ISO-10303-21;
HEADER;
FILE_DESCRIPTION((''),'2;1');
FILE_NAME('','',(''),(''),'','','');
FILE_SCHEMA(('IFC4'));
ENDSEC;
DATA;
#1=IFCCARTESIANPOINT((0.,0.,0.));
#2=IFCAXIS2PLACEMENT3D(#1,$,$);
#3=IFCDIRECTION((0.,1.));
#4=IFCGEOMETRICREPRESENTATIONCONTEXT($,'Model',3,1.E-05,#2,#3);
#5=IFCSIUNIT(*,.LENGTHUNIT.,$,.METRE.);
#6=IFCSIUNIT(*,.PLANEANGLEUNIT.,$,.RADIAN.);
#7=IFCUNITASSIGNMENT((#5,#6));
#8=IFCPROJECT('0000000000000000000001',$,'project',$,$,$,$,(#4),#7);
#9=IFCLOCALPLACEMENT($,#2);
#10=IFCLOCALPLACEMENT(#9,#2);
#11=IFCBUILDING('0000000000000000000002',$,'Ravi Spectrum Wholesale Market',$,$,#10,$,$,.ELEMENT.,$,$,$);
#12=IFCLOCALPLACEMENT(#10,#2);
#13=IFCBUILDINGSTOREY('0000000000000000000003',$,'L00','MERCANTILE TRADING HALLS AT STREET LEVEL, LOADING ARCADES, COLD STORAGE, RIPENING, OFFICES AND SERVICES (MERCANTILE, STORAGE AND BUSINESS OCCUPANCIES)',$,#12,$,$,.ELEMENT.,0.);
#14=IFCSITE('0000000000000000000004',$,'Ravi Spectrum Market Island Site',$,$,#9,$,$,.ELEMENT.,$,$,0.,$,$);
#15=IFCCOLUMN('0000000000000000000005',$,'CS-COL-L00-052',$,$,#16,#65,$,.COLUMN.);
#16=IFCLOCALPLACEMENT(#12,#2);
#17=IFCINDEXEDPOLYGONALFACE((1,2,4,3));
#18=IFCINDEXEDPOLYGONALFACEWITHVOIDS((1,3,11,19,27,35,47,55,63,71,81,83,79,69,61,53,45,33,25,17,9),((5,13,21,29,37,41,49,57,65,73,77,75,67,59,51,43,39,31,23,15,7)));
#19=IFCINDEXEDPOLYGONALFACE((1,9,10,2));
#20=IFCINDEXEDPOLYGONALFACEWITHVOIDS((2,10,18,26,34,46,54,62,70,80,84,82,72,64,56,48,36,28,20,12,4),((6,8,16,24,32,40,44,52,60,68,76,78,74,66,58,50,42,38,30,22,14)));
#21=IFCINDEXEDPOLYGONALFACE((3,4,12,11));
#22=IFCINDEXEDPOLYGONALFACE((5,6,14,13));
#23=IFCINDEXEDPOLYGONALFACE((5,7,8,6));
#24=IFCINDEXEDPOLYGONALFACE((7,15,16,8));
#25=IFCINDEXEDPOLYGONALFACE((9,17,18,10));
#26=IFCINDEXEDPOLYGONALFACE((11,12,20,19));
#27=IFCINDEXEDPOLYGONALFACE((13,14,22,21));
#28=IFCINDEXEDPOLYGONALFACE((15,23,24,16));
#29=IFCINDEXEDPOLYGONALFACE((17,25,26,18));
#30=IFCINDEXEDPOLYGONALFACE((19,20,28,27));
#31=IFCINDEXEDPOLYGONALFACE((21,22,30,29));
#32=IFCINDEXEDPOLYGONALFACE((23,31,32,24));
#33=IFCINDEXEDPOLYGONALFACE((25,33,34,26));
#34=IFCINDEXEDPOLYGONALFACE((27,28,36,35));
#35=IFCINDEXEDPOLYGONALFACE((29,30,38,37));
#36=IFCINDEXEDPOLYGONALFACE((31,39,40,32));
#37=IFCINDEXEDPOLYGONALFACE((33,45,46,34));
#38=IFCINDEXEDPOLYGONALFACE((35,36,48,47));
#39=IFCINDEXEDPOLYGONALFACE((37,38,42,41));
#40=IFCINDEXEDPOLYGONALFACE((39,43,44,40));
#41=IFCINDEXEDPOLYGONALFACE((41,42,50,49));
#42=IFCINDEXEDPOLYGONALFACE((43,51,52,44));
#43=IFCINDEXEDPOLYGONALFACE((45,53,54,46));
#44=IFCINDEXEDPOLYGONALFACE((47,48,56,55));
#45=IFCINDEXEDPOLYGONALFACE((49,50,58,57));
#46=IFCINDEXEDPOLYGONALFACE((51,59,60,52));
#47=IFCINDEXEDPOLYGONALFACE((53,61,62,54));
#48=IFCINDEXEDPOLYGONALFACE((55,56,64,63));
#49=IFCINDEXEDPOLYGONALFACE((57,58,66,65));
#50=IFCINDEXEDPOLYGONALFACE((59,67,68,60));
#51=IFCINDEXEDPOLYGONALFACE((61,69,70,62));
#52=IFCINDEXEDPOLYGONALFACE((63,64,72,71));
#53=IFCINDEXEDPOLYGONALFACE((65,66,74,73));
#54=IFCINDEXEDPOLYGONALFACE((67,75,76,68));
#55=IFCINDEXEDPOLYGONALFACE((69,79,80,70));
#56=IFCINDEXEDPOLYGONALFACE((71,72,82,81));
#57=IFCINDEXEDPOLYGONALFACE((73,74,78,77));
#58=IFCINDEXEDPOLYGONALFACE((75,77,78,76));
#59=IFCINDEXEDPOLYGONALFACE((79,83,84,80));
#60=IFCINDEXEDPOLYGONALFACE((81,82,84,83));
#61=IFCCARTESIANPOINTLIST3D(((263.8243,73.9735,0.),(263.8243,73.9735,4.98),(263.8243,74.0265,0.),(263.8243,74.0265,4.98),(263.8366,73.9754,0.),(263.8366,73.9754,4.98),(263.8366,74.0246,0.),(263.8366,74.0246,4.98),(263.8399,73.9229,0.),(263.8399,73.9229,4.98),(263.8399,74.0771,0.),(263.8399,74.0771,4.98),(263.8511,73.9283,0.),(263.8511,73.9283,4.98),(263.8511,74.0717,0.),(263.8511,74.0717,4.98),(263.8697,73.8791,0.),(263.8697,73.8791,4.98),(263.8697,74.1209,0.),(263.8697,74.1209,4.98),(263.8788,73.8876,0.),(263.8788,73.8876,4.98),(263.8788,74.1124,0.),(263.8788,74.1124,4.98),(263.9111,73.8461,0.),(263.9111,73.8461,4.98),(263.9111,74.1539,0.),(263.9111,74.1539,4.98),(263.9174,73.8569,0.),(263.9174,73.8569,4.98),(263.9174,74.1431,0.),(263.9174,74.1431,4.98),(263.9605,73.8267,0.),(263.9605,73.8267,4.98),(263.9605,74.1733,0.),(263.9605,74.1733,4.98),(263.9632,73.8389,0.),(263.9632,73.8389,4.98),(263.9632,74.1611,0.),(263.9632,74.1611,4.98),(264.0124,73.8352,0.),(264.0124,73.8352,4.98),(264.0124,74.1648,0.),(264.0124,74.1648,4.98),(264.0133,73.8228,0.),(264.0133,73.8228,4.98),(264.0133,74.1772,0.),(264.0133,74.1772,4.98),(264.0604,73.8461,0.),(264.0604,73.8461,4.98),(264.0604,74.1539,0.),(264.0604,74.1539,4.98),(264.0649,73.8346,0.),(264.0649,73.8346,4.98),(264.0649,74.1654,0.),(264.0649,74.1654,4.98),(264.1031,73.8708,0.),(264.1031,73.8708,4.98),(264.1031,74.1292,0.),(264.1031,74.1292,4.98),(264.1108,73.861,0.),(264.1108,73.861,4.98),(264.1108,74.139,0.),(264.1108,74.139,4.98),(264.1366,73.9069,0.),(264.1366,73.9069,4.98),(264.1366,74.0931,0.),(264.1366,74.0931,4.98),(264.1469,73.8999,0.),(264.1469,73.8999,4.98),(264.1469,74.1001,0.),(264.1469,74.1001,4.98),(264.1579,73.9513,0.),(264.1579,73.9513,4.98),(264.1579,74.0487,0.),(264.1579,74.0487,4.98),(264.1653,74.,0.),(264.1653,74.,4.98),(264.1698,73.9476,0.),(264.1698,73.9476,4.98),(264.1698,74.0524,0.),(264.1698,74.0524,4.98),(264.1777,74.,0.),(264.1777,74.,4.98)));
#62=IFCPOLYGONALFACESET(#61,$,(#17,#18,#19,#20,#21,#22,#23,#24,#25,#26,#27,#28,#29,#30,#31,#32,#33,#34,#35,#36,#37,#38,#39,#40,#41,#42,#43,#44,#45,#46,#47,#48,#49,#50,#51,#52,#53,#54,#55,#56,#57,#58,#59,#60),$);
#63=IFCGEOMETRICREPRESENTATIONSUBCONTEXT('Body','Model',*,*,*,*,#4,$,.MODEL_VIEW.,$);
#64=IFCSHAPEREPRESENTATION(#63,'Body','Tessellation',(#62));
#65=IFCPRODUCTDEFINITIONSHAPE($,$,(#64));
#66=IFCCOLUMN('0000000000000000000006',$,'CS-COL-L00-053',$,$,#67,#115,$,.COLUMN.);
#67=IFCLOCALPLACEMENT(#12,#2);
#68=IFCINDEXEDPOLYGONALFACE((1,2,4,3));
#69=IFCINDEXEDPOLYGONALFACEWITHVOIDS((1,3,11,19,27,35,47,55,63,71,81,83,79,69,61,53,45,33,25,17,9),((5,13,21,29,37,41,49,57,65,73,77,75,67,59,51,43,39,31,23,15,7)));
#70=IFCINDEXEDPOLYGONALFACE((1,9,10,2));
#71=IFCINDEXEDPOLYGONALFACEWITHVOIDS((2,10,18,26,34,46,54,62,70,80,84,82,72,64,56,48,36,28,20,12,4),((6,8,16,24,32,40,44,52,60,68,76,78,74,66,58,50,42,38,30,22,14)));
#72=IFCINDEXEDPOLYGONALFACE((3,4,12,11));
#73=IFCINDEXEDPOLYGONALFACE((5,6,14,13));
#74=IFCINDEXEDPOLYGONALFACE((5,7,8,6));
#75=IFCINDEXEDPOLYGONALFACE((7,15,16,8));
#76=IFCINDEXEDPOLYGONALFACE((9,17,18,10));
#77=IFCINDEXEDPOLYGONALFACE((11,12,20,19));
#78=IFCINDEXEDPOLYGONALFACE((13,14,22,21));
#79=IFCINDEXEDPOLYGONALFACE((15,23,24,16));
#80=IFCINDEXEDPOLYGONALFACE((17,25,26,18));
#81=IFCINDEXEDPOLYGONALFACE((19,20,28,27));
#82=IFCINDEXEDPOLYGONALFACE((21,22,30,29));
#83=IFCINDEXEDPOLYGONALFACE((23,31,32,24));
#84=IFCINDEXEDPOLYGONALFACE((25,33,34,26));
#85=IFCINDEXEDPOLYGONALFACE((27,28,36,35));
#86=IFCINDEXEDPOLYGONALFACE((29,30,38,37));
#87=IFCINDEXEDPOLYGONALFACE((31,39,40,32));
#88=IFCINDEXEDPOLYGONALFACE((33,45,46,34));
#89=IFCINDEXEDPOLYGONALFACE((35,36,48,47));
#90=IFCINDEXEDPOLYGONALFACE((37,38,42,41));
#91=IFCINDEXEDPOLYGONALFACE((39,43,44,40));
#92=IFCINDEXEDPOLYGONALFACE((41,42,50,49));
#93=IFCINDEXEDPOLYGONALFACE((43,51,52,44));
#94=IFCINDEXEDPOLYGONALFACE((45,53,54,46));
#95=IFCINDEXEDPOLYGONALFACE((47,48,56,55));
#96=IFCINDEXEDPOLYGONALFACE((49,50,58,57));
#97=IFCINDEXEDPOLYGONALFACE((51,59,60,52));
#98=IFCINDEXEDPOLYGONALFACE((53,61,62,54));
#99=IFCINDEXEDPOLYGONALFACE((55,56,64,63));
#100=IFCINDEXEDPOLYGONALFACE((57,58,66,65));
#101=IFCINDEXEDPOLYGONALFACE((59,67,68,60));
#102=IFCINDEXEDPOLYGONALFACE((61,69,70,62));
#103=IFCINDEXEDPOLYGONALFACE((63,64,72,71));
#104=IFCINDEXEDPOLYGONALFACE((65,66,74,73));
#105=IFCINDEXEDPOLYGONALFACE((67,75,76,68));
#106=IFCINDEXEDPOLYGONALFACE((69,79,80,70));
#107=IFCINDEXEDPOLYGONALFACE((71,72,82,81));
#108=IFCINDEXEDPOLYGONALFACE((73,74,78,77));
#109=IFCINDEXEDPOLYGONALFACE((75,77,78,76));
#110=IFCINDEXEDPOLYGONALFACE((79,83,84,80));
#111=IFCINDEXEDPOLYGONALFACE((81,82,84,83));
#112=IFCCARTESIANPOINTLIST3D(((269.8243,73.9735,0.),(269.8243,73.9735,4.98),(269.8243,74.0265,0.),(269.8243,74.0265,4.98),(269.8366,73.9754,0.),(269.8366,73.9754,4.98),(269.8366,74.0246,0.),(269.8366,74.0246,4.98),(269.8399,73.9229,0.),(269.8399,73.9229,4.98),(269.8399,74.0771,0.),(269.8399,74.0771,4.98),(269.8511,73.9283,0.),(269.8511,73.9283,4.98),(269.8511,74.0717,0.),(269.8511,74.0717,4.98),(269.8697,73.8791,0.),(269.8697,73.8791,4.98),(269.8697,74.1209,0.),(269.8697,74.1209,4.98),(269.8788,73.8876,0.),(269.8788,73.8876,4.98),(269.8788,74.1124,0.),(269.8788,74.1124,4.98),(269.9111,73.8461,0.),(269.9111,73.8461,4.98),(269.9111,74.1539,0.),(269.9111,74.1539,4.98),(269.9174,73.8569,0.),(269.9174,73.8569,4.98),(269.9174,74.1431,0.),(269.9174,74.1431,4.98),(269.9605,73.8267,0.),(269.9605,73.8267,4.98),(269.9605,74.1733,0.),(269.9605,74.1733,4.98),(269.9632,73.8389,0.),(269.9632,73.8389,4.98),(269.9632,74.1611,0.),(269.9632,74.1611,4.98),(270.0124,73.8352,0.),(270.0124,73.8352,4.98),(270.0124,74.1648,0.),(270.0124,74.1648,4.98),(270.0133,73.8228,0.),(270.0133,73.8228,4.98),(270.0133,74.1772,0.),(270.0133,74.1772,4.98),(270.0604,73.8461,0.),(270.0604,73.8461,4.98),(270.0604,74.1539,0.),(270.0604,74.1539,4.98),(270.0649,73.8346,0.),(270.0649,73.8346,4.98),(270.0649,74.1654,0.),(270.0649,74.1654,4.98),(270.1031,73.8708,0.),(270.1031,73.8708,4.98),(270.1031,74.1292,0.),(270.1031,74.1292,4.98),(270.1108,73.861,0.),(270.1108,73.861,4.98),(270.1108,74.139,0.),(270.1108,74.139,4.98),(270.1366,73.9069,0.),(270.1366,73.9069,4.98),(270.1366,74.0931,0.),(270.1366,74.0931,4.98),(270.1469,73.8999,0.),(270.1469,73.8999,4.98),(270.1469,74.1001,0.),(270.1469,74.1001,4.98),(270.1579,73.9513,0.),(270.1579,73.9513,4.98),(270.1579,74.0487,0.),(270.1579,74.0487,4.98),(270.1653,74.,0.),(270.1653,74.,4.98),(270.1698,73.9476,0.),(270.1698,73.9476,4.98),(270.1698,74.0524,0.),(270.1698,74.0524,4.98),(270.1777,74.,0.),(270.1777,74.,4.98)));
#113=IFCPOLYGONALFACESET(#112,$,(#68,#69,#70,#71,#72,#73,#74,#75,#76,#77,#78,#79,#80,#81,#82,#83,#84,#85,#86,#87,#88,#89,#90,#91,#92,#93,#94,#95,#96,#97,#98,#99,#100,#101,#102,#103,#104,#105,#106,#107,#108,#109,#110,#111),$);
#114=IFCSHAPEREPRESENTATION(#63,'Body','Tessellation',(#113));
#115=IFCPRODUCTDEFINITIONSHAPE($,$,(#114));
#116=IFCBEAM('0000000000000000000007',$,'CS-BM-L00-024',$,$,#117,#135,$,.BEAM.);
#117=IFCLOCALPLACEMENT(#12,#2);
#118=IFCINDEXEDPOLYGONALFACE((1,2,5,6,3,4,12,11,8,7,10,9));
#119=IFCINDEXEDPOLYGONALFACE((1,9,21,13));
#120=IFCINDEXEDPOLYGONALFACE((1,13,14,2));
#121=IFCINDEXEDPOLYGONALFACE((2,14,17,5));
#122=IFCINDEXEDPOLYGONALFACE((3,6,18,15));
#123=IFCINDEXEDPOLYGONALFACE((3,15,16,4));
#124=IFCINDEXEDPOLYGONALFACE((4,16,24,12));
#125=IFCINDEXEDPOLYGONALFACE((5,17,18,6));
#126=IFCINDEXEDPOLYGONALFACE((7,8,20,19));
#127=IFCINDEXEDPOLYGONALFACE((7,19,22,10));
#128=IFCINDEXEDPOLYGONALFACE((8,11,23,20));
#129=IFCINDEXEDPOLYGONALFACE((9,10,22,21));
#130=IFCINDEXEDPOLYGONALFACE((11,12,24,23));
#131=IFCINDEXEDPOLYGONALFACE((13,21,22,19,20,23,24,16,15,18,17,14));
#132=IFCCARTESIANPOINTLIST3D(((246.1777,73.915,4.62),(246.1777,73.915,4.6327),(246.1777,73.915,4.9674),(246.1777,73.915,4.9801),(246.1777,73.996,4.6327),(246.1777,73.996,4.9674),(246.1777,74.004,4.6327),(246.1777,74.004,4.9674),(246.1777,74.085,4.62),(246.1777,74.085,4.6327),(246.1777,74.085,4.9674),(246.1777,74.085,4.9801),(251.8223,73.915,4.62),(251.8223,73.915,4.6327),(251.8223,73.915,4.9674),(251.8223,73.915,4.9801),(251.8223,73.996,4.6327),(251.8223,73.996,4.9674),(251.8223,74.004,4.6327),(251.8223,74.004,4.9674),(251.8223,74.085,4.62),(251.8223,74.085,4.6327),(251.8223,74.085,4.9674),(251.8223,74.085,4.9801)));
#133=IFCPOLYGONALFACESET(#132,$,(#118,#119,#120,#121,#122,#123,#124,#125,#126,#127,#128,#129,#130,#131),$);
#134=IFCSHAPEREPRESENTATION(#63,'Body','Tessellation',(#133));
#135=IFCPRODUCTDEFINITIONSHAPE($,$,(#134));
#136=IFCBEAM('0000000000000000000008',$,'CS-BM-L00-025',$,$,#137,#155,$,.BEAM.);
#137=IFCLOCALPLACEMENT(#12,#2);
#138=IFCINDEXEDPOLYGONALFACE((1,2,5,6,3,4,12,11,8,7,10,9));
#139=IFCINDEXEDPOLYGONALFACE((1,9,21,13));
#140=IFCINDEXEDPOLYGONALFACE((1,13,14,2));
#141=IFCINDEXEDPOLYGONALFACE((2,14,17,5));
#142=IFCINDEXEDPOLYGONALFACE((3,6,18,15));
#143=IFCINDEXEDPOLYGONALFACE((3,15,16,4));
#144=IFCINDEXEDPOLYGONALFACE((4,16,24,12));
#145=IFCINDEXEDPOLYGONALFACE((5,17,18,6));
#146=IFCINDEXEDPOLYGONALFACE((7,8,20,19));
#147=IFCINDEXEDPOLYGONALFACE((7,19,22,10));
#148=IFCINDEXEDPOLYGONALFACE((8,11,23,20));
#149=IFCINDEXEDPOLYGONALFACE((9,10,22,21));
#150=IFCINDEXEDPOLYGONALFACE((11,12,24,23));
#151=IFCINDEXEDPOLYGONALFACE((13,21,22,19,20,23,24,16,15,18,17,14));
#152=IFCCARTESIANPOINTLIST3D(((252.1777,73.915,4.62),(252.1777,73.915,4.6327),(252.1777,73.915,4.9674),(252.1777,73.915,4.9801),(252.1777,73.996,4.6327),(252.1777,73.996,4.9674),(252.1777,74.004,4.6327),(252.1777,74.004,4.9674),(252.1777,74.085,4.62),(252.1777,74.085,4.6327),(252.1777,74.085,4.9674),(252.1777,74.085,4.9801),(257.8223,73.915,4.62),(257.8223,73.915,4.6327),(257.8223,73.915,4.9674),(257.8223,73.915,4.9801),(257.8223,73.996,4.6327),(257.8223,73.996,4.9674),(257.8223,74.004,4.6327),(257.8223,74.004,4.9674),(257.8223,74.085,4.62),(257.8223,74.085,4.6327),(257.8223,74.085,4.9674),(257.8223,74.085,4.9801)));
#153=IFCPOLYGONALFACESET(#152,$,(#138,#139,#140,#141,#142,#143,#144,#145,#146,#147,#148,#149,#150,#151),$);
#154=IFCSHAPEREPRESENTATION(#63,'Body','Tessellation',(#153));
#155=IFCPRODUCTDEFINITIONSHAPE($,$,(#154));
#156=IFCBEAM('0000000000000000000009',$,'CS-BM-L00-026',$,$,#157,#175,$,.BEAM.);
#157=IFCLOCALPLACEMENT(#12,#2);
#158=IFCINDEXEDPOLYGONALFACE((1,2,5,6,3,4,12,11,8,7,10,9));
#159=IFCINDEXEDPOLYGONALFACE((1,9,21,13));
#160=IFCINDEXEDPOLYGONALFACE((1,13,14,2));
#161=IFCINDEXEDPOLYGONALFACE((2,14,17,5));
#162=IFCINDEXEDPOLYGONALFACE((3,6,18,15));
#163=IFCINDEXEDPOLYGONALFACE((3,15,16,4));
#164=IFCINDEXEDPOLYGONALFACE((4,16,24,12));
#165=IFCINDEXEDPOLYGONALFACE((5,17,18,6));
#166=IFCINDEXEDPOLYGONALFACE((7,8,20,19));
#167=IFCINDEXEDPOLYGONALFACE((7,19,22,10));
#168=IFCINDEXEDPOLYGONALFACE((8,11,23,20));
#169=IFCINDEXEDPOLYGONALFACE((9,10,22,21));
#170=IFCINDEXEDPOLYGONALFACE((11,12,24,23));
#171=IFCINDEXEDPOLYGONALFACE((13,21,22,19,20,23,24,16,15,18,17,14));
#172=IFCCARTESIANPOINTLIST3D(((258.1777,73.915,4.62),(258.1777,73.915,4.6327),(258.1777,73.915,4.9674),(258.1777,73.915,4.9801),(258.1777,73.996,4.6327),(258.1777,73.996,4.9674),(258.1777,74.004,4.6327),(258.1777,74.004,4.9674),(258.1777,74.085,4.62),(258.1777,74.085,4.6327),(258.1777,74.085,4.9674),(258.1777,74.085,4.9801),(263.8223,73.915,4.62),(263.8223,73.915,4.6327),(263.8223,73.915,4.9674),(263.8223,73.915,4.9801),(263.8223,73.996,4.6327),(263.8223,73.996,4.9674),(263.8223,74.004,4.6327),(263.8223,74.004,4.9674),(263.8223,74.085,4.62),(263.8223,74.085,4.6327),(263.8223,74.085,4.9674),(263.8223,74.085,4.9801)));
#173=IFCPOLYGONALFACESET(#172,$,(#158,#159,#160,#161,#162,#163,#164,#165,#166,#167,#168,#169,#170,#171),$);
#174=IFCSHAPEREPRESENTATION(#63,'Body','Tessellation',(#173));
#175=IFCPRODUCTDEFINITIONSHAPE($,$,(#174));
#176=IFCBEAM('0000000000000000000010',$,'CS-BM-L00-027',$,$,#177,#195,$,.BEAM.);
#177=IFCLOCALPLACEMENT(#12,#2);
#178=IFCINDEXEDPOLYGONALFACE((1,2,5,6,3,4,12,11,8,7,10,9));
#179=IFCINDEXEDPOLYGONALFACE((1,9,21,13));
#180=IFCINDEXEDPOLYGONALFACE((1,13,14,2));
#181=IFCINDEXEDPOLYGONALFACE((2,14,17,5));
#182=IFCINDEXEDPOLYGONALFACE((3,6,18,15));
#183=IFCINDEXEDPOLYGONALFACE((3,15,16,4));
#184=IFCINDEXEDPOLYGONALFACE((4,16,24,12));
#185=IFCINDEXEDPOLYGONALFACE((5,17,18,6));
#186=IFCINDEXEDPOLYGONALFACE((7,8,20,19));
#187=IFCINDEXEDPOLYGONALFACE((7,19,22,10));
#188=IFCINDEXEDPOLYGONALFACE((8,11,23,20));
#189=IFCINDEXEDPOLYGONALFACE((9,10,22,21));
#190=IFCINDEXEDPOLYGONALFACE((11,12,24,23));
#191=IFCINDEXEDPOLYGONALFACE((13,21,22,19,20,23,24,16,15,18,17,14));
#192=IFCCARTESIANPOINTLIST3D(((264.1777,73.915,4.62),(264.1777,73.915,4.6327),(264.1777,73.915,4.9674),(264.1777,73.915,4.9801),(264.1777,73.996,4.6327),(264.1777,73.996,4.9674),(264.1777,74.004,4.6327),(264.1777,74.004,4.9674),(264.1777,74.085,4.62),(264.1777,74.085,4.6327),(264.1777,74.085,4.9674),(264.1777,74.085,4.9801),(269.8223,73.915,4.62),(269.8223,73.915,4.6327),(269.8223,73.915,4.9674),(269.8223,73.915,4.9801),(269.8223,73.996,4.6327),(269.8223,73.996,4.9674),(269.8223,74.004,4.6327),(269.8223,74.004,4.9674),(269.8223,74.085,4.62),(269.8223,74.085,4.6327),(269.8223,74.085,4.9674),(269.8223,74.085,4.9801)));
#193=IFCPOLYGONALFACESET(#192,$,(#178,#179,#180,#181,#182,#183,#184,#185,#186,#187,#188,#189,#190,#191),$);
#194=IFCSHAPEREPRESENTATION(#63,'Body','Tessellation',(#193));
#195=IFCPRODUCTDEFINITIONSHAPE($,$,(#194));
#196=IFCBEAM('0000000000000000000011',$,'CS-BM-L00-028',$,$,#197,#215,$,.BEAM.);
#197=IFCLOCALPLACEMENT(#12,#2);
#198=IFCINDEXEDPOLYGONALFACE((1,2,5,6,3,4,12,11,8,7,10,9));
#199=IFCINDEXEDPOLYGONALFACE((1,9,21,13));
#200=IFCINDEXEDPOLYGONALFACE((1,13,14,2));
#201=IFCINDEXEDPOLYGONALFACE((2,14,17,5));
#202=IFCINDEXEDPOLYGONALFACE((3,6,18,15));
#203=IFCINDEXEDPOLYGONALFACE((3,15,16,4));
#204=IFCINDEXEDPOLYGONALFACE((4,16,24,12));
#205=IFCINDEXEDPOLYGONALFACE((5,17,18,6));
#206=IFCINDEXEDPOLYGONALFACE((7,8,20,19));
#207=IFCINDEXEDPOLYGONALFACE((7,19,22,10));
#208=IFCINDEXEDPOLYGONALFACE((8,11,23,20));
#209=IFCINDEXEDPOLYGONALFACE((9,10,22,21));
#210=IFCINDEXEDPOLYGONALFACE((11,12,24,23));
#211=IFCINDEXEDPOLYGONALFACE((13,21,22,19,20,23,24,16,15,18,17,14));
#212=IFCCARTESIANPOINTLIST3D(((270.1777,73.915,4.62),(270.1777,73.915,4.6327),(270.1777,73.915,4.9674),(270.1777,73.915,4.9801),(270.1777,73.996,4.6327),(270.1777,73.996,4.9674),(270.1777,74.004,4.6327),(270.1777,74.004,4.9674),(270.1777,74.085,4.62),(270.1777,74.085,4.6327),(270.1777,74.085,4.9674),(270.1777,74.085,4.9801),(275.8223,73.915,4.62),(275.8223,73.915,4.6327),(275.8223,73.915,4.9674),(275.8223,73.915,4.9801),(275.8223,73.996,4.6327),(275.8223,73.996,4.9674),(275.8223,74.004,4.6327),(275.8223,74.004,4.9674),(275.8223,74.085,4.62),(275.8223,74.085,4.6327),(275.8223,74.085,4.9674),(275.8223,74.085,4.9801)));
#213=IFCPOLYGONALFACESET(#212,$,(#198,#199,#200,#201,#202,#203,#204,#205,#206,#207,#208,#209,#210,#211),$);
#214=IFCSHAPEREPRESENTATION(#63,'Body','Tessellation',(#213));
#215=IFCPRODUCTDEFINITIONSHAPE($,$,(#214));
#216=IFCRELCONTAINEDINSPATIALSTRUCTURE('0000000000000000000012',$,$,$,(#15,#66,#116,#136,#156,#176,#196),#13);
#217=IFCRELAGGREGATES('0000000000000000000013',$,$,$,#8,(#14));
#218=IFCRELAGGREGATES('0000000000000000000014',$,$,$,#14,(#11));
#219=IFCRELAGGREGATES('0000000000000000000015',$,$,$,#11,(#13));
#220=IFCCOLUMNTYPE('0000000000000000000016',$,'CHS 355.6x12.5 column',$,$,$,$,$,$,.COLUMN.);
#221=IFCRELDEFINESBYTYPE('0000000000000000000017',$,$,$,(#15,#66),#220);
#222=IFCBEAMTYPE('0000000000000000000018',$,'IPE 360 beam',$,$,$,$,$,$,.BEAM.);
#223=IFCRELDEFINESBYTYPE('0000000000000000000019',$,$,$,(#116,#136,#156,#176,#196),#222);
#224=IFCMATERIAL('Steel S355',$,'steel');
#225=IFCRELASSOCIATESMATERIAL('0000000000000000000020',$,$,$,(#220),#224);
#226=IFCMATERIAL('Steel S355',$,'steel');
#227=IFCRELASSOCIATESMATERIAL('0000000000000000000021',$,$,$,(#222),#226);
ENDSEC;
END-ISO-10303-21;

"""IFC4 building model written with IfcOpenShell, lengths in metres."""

from ifc_helpers import new_model, si_unit, direction, frame, origin, origin_2d, place, context, subcontext, project, spatial, hollow_circle, i_section, extrude, material, material_profile, profile_set, type_object, element, save


model = new_model("IFC4")

# Units and contexts
model_context = context("Model", 3, precision=1e-05, world=origin(), true_north=direction((0.0, 1.0)))
body_context = subcontext(model_context, "Body", "Model", "MODEL_VIEW")
ifc_project = project(units=[si_unit("LENGTHUNIT", "METRE"), si_unit("PLANEANGLEUNIT", "RADIAN")], contexts=[model_context])

# Site, building, storey
site_placement = place(None, origin())
site = spatial("IfcSite", under=ifc_project, at=site_placement, Name="Ravi Spectrum Market Island Site", CompositionType="ELEMENT", RefElevation=0.0)
building_placement = place(site_placement, origin())
building = spatial("IfcBuilding", under=site, at=building_placement, Name="Ravi Spectrum Wholesale Market", CompositionType="ELEMENT")
storey_placement = place(building_placement, origin())
storey = spatial("IfcBuildingStorey", under=building, at=storey_placement, Name="L00", Description="MERCANTILE TRADING HALLS AT STREET LEVEL, LOADING ARCADES, COLD STORAGE, RIPENING, OFFICES AND SERVICES (MERCANTILE, STORAGE AND BUSINESS OCCUPANCIES)", CompositionType="ELEMENT", Elevation=0.0)

# Columns
ifc_material_1 = material(Name="Steel S355", Category="steel")
ifc_material_profile_1 = material_profile(ifc_material_1, hollow_circle(Radius=0.1777, WallThickness=0.0125, at=origin_2d()))
ifc_profile_set_1 = profile_set([ifc_material_profile_1], Name="Steel S355")
column_type = type_object("IfcColumnType", Name="CHS 355.6x12.5 column", PredefinedType="COLUMN", material=ifc_profile_set_1)
for number, where, z_axis, x_axis, name in (
    (1, (264.0, 74.0, 0.0), (0.0, 0.0, 1.0), (1.0, 0.0, 0.0), "CS-COL-L00-052"),
    (2, (270.0, 74.0, 0.0), (0.0, 0.0, 1.0), (1.0, 0.0, 0.0), "CS-COL-L00-053"),
):
    element("IfcColumn", number, at=place(storey_placement, frame(where, z_axis=z_axis, x_axis=x_axis)), inside=storey, type_object=column_type, Name=name, PredefinedType="COLUMN", context=body_context, shape_type="SweptSolid", body=[
        extrude(hollow_circle(Radius=0.1777, WallThickness=0.0125, at=origin_2d()), origin(), (0.0, 0.0, 1.0), 4.98),
    ])

# Beams
ifc_material_2 = material(Name="Steel S355", Category="steel")
ifc_material_profile_2 = material_profile(ifc_material_2, i_section(OverallWidth=0.1699, OverallDepth=0.3601, WebThickness=0.0081, FlangeThickness=0.0127, at=origin_2d()))
ifc_profile_set_2 = profile_set([ifc_material_profile_2], Name="Steel S355")
beam_type = type_object("IfcBeamType", Name="IPE 360 beam", PredefinedType="BEAM", material=ifc_profile_set_2)
for number, where, z_axis, x_axis, name in (
    (3, (246.1777, 74.0, 4.8), (1.0, 0.0, 0.0), (0.0, 1.0, 0.0), "CS-BM-L00-024"),
    (4, (252.1777, 74.0, 4.8), (1.0, 0.0, 0.0), (0.0, 1.0, 0.0), "CS-BM-L00-025"),
    (5, (258.1777, 74.0, 4.8), (1.0, 0.0, 0.0), (0.0, 1.0, 0.0), "CS-BM-L00-026"),
    (6, (264.1777, 74.0, 4.8), (1.0, 0.0, 0.0), (0.0, 1.0, 0.0), "CS-BM-L00-027"),
    (7, (270.1777, 74.0, 4.8), (1.0, 0.0, 0.0), (0.0, 1.0, 0.0), "CS-BM-L00-028"),
):
    element("IfcBeam", number, at=place(storey_placement, frame(where, z_axis=z_axis, x_axis=x_axis)), inside=storey, type_object=beam_type, Name=name, PredefinedType="BEAM", context=body_context, shape_type="SweptSolid", body=[
        extrude(i_section(OverallWidth=0.1699, OverallDepth=0.3601, WebThickness=0.0081, FlangeThickness=0.0127, at=origin_2d()), origin(), (0.0, 0.0, 1.0), 5.6445),
    ])

save(model, "model.ifc")
